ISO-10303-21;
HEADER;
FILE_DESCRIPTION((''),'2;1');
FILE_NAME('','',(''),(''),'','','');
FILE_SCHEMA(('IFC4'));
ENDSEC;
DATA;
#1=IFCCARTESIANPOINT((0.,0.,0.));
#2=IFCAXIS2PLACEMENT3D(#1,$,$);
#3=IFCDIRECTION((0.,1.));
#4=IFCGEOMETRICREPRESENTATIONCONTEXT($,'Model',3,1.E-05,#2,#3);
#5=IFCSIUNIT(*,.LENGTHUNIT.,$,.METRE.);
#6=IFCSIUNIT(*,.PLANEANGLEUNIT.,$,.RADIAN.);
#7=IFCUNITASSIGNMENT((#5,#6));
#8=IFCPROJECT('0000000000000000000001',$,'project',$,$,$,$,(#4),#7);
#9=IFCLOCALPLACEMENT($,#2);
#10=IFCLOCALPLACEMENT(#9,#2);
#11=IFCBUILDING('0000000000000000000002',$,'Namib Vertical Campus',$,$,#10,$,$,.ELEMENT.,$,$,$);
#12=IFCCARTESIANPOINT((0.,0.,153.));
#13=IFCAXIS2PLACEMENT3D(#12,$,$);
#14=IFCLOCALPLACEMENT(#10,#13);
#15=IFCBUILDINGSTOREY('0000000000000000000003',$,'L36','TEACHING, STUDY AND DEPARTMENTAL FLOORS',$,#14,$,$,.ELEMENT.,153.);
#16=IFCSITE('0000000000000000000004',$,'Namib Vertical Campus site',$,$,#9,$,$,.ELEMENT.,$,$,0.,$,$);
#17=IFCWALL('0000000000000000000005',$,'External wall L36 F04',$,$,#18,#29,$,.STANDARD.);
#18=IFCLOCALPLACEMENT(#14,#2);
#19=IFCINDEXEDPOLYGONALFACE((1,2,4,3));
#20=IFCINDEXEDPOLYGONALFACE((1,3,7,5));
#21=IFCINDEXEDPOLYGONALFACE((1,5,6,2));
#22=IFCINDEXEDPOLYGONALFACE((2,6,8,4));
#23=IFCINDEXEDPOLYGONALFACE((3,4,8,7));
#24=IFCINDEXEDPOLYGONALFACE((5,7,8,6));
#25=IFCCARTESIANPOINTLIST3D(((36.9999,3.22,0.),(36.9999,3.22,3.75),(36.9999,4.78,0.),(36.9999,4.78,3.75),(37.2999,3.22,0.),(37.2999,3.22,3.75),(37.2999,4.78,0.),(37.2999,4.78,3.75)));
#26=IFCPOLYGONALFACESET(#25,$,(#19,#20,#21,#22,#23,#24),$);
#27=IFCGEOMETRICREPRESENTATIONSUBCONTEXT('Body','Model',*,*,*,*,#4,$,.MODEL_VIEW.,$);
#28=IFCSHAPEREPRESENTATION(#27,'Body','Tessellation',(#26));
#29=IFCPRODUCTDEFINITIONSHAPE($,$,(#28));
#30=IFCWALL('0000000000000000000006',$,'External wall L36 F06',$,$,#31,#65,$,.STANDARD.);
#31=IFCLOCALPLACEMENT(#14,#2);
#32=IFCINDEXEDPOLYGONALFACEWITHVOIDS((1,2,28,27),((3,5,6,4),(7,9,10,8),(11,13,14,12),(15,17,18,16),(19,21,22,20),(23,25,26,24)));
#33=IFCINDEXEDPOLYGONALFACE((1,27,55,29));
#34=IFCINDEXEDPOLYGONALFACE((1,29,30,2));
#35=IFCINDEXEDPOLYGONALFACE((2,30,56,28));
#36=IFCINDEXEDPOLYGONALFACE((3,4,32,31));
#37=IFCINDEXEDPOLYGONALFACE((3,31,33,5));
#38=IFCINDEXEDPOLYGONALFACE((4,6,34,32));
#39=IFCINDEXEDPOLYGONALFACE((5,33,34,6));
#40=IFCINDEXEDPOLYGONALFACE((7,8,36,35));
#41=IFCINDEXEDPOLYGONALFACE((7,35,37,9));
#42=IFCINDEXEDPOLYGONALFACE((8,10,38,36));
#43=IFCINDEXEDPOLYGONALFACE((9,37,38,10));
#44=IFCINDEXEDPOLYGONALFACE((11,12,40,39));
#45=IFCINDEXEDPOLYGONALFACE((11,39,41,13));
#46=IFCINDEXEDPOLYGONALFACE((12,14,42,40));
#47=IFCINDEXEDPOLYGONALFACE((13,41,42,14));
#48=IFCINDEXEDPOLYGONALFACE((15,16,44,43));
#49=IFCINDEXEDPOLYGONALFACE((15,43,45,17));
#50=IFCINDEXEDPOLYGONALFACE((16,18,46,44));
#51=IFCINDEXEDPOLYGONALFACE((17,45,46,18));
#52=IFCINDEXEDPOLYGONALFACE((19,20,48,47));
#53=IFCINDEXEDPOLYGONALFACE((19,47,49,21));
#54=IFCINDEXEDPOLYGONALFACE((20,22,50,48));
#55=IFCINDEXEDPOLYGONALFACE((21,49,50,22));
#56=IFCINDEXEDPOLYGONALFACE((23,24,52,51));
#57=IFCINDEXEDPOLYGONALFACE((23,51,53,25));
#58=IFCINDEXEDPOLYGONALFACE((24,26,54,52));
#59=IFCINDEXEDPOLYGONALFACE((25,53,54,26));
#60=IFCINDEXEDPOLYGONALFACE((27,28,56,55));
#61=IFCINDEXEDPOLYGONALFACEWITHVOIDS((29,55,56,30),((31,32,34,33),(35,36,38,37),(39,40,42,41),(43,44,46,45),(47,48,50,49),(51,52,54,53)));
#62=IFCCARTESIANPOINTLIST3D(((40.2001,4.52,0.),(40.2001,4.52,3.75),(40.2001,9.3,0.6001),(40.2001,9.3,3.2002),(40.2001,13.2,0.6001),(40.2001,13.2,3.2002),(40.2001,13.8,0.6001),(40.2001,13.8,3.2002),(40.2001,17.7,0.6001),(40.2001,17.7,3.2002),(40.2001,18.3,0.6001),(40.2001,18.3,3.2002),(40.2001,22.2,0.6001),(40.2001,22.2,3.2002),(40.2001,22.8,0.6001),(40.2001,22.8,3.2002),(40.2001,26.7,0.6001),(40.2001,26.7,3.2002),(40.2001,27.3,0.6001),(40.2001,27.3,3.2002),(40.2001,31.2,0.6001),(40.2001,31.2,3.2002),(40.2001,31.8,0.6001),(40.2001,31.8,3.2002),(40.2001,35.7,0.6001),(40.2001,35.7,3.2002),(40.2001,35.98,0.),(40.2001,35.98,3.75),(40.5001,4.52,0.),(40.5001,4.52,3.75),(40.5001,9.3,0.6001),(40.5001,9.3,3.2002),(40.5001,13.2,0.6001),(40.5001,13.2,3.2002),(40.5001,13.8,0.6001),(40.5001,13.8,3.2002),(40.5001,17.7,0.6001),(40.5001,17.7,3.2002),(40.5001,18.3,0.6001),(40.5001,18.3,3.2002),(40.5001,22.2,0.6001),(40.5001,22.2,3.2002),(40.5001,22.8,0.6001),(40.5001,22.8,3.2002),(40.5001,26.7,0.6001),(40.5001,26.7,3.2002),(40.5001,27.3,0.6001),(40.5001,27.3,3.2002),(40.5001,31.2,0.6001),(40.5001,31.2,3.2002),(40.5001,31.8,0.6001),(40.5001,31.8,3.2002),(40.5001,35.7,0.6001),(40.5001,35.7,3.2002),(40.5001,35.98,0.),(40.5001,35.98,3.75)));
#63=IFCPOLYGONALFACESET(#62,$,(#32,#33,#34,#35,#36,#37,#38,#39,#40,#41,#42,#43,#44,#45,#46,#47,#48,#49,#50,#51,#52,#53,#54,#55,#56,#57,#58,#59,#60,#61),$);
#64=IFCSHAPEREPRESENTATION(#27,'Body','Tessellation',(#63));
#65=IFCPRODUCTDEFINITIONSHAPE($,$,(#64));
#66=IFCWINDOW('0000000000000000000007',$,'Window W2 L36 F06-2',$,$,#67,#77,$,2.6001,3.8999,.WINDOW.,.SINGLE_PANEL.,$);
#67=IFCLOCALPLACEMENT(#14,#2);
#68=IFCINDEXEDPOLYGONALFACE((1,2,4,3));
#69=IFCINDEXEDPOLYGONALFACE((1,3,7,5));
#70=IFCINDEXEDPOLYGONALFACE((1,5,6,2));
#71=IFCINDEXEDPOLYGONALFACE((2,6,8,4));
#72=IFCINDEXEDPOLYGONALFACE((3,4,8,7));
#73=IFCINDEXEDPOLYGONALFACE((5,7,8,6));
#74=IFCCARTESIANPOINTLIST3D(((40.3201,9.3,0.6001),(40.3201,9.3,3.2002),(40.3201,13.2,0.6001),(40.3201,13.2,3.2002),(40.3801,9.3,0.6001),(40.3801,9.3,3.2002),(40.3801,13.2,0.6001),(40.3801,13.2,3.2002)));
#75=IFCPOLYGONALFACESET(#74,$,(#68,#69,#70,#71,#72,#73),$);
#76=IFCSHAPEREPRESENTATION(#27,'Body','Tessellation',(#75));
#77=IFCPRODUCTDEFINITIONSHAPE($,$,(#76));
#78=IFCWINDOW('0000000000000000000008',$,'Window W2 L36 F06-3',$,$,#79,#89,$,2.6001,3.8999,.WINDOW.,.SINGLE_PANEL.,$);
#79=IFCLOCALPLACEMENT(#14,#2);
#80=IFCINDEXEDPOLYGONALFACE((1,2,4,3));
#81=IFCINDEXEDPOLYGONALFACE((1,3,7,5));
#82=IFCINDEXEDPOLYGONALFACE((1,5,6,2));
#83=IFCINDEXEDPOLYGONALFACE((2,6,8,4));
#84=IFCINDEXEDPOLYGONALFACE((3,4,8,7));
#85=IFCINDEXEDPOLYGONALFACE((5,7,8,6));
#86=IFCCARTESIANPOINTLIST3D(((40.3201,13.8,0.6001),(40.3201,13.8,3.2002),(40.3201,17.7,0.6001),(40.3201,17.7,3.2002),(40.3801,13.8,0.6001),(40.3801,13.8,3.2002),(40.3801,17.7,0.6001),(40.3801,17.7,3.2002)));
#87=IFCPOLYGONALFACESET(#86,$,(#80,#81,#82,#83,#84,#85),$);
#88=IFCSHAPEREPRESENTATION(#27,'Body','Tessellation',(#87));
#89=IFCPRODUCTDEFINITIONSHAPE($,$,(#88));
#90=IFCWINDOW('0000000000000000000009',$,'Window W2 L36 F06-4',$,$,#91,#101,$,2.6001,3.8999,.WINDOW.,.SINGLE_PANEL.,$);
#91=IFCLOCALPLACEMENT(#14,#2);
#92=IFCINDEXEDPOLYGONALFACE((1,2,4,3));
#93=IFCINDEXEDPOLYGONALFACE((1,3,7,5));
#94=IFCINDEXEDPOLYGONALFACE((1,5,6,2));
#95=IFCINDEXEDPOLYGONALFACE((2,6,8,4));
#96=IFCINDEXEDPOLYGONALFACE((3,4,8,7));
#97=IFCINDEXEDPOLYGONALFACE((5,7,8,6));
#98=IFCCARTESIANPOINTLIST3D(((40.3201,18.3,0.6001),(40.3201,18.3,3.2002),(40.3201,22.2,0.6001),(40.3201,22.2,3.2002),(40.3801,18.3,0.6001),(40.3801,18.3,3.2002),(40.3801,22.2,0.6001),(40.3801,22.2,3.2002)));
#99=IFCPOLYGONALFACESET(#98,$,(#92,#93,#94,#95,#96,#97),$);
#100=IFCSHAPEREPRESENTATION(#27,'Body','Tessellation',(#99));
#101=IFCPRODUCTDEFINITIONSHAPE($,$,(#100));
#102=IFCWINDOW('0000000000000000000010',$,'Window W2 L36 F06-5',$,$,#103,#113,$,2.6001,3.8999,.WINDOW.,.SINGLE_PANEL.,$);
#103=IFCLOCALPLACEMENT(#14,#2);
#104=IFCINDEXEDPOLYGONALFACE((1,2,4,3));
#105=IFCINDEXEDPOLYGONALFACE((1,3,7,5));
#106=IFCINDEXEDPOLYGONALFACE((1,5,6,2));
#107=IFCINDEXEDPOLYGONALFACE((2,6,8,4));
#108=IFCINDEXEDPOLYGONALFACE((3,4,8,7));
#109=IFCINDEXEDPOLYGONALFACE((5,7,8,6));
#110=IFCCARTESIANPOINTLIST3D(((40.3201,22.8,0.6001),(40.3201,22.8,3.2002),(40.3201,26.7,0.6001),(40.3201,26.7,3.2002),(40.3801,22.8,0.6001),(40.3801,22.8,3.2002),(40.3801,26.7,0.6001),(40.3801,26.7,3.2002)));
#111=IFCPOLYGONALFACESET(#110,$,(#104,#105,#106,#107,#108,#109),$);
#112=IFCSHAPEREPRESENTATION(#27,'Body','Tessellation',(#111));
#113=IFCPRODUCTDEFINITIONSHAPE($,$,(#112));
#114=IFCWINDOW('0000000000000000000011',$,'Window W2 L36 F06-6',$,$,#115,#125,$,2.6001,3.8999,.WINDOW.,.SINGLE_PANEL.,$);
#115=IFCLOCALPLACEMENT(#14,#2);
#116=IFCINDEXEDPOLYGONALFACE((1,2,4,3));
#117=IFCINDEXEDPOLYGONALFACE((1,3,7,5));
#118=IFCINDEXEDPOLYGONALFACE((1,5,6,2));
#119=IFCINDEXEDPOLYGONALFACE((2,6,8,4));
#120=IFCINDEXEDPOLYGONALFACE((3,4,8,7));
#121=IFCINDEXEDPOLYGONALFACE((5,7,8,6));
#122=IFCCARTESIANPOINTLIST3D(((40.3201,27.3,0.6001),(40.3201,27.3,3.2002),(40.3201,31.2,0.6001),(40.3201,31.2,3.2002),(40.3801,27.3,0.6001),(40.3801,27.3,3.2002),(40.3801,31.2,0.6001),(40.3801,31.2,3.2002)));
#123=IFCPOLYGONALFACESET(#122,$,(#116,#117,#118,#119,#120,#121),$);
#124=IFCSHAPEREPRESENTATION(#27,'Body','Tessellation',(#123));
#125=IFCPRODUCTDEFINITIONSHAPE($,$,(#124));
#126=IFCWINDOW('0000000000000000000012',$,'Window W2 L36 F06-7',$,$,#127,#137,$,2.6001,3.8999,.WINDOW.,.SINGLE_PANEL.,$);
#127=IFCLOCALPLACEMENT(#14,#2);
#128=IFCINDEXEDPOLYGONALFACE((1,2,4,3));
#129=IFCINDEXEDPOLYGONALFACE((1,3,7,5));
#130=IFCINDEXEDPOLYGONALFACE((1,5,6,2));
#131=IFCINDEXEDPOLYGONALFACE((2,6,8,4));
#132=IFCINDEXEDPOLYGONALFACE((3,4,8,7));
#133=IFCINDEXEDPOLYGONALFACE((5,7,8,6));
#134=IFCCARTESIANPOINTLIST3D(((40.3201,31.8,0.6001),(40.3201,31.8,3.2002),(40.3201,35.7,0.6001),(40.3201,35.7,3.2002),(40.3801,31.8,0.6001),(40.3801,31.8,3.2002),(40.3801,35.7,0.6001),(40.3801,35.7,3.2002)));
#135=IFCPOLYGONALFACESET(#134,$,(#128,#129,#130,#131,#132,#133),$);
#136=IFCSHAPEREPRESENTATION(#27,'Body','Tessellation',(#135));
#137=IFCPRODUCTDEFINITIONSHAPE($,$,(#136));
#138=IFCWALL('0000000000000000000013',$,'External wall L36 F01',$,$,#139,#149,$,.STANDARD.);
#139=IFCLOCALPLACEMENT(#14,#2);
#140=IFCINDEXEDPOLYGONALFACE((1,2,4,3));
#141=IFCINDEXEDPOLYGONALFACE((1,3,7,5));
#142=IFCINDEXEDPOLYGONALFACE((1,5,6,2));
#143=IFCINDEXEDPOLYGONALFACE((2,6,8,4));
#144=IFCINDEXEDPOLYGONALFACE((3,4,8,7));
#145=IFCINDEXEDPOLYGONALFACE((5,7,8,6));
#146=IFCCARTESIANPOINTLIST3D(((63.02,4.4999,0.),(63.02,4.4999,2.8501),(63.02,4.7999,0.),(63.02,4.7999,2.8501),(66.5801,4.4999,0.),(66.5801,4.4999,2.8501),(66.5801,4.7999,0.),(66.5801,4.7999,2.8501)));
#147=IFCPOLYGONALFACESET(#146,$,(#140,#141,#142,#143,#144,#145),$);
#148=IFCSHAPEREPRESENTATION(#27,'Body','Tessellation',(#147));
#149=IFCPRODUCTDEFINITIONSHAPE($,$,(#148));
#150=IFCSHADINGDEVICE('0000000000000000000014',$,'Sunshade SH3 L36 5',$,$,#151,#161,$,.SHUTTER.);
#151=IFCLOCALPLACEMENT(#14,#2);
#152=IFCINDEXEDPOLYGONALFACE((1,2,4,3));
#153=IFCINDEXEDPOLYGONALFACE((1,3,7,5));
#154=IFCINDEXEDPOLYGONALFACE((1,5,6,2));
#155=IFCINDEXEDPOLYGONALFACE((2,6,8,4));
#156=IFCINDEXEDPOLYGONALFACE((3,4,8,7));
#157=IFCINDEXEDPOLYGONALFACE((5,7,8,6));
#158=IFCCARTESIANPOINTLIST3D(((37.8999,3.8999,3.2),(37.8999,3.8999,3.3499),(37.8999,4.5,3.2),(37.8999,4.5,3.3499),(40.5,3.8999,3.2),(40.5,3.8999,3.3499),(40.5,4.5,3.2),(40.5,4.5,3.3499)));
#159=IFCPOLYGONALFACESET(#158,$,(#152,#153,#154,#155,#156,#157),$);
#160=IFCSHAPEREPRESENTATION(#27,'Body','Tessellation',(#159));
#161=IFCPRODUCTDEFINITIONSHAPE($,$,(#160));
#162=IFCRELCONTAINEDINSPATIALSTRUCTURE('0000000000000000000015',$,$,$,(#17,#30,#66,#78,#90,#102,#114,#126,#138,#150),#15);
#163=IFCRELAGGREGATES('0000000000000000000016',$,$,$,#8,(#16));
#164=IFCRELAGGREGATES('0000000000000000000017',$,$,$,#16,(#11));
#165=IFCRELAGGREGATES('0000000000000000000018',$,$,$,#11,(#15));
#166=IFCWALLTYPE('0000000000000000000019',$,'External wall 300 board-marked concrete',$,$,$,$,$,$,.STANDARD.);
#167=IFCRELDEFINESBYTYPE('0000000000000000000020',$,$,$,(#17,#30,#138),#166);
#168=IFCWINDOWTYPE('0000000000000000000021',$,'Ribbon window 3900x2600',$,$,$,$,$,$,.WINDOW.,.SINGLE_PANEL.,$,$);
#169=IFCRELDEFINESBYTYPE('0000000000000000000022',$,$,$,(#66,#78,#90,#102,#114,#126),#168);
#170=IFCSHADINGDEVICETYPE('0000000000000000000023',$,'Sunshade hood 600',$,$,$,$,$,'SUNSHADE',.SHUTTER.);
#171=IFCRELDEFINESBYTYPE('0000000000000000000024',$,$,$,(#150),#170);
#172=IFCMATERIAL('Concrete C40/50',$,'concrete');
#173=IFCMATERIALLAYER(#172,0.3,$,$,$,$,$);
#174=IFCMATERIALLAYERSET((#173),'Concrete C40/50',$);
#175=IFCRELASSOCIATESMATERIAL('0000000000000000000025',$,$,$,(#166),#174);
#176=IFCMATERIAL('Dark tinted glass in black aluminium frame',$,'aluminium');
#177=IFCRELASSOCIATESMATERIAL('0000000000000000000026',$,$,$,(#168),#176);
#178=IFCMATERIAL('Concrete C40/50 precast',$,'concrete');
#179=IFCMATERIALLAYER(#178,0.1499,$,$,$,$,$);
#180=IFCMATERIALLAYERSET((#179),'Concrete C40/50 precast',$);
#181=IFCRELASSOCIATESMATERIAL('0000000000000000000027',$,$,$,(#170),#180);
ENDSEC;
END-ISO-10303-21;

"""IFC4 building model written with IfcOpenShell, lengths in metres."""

from ifc_helpers import new_model, si_unit, direction, frame, frame_2d, origin, origin_2d, place, context, subcontext, project, spatial, rectangle, extrude, material, layer, layer_set, type_object, element, fill, save


model = new_model("IFC4")

# Units and contexts
model_context = context("Model", 3, precision=1e-05, world=origin(), true_north=direction((0.0, 1.0)))
body_context = subcontext(model_context, "Body", "Model", "MODEL_VIEW")
ifc_project = project(units=[si_unit("LENGTHUNIT", "METRE"), si_unit("PLANEANGLEUNIT", "RADIAN")], contexts=[model_context])

# Site, building, storey
site_placement = place(None, origin())
site = spatial("IfcSite", under=ifc_project, at=site_placement, Name="Namib Vertical Campus site", CompositionType="ELEMENT", RefElevation=0.0)
building_placement = place(site_placement, origin())
building = spatial("IfcBuilding", under=site, at=building_placement, Name="Namib Vertical Campus", CompositionType="ELEMENT")
storey_placement = place(building_placement, frame((0.0, 0.0, 153.0)))
storey = spatial("IfcBuildingStorey", under=building, at=storey_placement, Name="L36", Description="TEACHING, STUDY AND DEPARTMENTAL FLOORS", CompositionType="ELEMENT", Elevation=153.0)

# Wall
ifc_material_1 = material(Name="Concrete C40/50", Category="concrete")
ifc_layer_1 = layer(ifc_material_1, 0.3)
ifc_layer_set_1 = layer_set([ifc_layer_1], Name="Concrete C40/50")
wall_type_1 = type_object("IfcWallType", Name="External wall 300 board-marked concrete", PredefinedType="STANDARD", material=ifc_layer_set_1)
wall_1_placement = place(storey_placement, frame((37.1499, 3.22, 0.0), z_axis=(0.0, 0.0, 1.0), x_axis=(0.0, 1.0, 0.0)))
element("IfcWall", 1, at=wall_1_placement, inside=storey, type_object=wall_type_1, Name="External wall L36 F04", PredefinedType="STANDARD", context=body_context, shape_type="SweptSolid", body=[
    extrude(rectangle(XDim=1.5601, YDim=0.3, at=frame_2d((0.78, 0.0))), origin(), (0.0, 0.0, 1.0), 3.75),
])

# Wall, openings, windows
wall_2_placement = place(storey_placement, frame((40.3501, 4.52, 0.0), z_axis=(0.0, 0.0, 1.0), x_axis=(0.0, 1.0, 0.0)))
wall_2 = element("IfcWall", 2, at=wall_2_placement, inside=storey, type_object=wall_type_1, Name="External wall L36 F06", PredefinedType="STANDARD", context=body_context, shape_type="SweptSolid", body=[
    extrude(rectangle(XDim=31.46, YDim=0.3, at=frame_2d((15.73, 0.0))), origin(), (0.0, 0.0, 1.0), 3.75),
])
opening_1_placement = place(wall_2_placement, frame((4.78, 0.0, 0.6001)))
opening_1 = element("IfcOpeningElement", 3, at=opening_1_placement, cuts=wall_2, PredefinedType="OPENING", context=body_context, shape_type="SweptSolid", body=[
    extrude(rectangle(XDim=3.8999, YDim=2.6001, at=frame_2d((1.95, 1.3))), frame((0.0, 0.1599, 0.0), z_axis=(0.0, -1.0, 0.0), x_axis=(1.0, 0.0, 0.0)), (0.0, 0.0, 1.0), 0.3201),
])
opening_2_placement = place(wall_2_placement, frame((9.28, 0.0, 0.6001)))
opening_2 = element("IfcOpeningElement", 4, at=opening_2_placement, cuts=wall_2, PredefinedType="OPENING", context=body_context, shape_type="SweptSolid", body=[
    extrude(rectangle(XDim=3.8999, YDim=2.6001, at=frame_2d((1.95, 1.3))), frame((0.0, 0.1599, 0.0), z_axis=(0.0, -1.0, 0.0), x_axis=(1.0, 0.0, 0.0)), (0.0, 0.0, 1.0), 0.3201),
])
opening_3_placement = place(wall_2_placement, frame((13.78, 0.0, 0.6001)))
opening_3 = element("IfcOpeningElement", 5, at=opening_3_placement, cuts=wall_2, PredefinedType="OPENING", context=body_context, shape_type="SweptSolid", body=[
    extrude(rectangle(XDim=3.8999, YDim=2.6001, at=frame_2d((1.95, 1.3))), frame((0.0, 0.1599, 0.0), z_axis=(0.0, -1.0, 0.0), x_axis=(1.0, 0.0, 0.0)), (0.0, 0.0, 1.0), 0.3201),
])
opening_4_placement = place(wall_2_placement, frame((18.28, 0.0, 0.6001)))
opening_4 = element("IfcOpeningElement", 6, at=opening_4_placement, cuts=wall_2, PredefinedType="OPENING", context=body_context, shape_type="SweptSolid", body=[
    extrude(rectangle(XDim=3.8999, YDim=2.6001, at=frame_2d((1.95, 1.3))), frame((0.0, 0.1599, 0.0), z_axis=(0.0, -1.0, 0.0), x_axis=(1.0, 0.0, 0.0)), (0.0, 0.0, 1.0), 0.3201),
])
opening_5_placement = place(wall_2_placement, frame((22.78, 0.0, 0.6001)))
opening_5 = element("IfcOpeningElement", 7, at=opening_5_placement, cuts=wall_2, PredefinedType="OPENING", context=body_context, shape_type="SweptSolid", body=[
    extrude(rectangle(XDim=3.8999, YDim=2.6001, at=frame_2d((1.95, 1.3))), frame((0.0, 0.1599, 0.0), z_axis=(0.0, -1.0, 0.0), x_axis=(1.0, 0.0, 0.0)), (0.0, 0.0, 1.0), 0.3201),
])
opening_6_placement = place(wall_2_placement, frame((27.28, 0.0, 0.6001)))
opening_6 = element("IfcOpeningElement", 8, at=opening_6_placement, cuts=wall_2, PredefinedType="OPENING", context=body_context, shape_type="SweptSolid", body=[
    extrude(rectangle(XDim=3.8999, YDim=2.6001, at=frame_2d((1.95, 1.3))), frame((0.0, 0.1599, 0.0), z_axis=(0.0, -1.0, 0.0), x_axis=(1.0, 0.0, 0.0)), (0.0, 0.0, 1.0), 0.3201),
])
ifc_material_2 = material(Name="Dark tinted glass in black aluminium frame", Category="aluminium")
window_type = type_object("IfcWindowType", Name="Ribbon window 3900x2600", PartitioningType="SINGLE_PANEL", PredefinedType="WINDOW", material=ifc_material_2)
window_1_placement = place(opening_1_placement, origin())
window_1 = element("IfcWindow", 9, at=window_1_placement, inside=storey, type_object=window_type, Name="Window W2 L36 F06-2", OverallHeight=2.6001, OverallWidth=3.8999, PartitioningType="SINGLE_PANEL", PredefinedType="WINDOW", context=body_context, shape_type="SweptSolid", body=[
    extrude(rectangle(XDim=3.8999, YDim=2.6001, at=frame_2d((1.95, 1.3))), frame((0.0, 0.03, 0.0), z_axis=(0.0, -1.0, 0.0), x_axis=(1.0, 0.0, 0.0)), (0.0, 0.0, 1.0), 0.0601),
])
fill(opening_1, window_1)
window_2_placement = place(opening_2_placement, origin())
window_2 = element("IfcWindow", 10, at=window_2_placement, inside=storey, type_object=window_type, Name="Window W2 L36 F06-3", OverallHeight=2.6001, OverallWidth=3.8999, PartitioningType="SINGLE_PANEL", PredefinedType="WINDOW", context=body_context, shape_type="SweptSolid", body=[
    extrude(rectangle(XDim=3.8999, YDim=2.6001, at=frame_2d((1.95, 1.3))), frame((0.0, 0.03, 0.0), z_axis=(0.0, -1.0, 0.0), x_axis=(1.0, 0.0, 0.0)), (0.0, 0.0, 1.0), 0.0601),
])
fill(opening_2, window_2)
window_3_placement = place(opening_3_placement, origin())
window_3 = element("IfcWindow", 11, at=window_3_placement, inside=storey, type_object=window_type, Name="Window W2 L36 F06-4", OverallHeight=2.6001, OverallWidth=3.8999, PartitioningType="SINGLE_PANEL", PredefinedType="WINDOW", context=body_context, shape_type="SweptSolid", body=[
    extrude(rectangle(XDim=3.8999, YDim=2.6001, at=frame_2d((1.95, 1.3))), frame((0.0, 0.03, 0.0), z_axis=(0.0, -1.0, 0.0), x_axis=(1.0, 0.0, 0.0)), (0.0, 0.0, 1.0), 0.0601),
])
fill(opening_3, window_3)
window_4_placement = place(opening_4_placement, origin())
window_4 = element("IfcWindow", 12, at=window_4_placement, inside=storey, type_object=window_type, Name="Window W2 L36 F06-5", OverallHeight=2.6001, OverallWidth=3.8999, PartitioningType="SINGLE_PANEL", PredefinedType="WINDOW", context=body_context, shape_type="SweptSolid", body=[
    extrude(rectangle(XDim=3.8999, YDim=2.6001, at=frame_2d((1.95, 1.3))), frame((0.0, 0.03, 0.0), z_axis=(0.0, -1.0, 0.0), x_axis=(1.0, 0.0, 0.0)), (0.0, 0.0, 1.0), 0.0601),
])
fill(opening_4, window_4)
window_5_placement = place(opening_5_placement, origin())
window_5 = element("IfcWindow", 13, at=window_5_placement, inside=storey, type_object=window_type, Name="Window W2 L36 F06-6", OverallHeight=2.6001, OverallWidth=3.8999, PartitioningType="SINGLE_PANEL", PredefinedType="WINDOW", context=body_context, shape_type="SweptSolid", body=[
    extrude(rectangle(XDim=3.8999, YDim=2.6001, at=frame_2d((1.95, 1.3))), frame((0.0, 0.03, 0.0), z_axis=(0.0, -1.0, 0.0), x_axis=(1.0, 0.0, 0.0)), (0.0, 0.0, 1.0), 0.0601),
])
fill(opening_5, window_5)
window_6_placement = place(opening_6_placement, origin())
window_6 = element("IfcWindow", 14, at=window_6_placement, inside=storey, type_object=window_type, Name="Window W2 L36 F06-7", OverallHeight=2.6001, OverallWidth=3.8999, PartitioningType="SINGLE_PANEL", PredefinedType="WINDOW", context=body_context, shape_type="SweptSolid", body=[
    extrude(rectangle(XDim=3.8999, YDim=2.6001, at=frame_2d((1.95, 1.3))), frame((0.0, 0.03, 0.0), z_axis=(0.0, -1.0, 0.0), x_axis=(1.0, 0.0, 0.0)), (0.0, 0.0, 1.0), 0.0601),
])
fill(opening_6, window_6)

# Wall
wall_3_placement = place(storey_placement, frame((63.02, 4.6499, 0.0), z_axis=(0.0, 0.0, 1.0), x_axis=(1.0, 0.0, 0.0)))
element("IfcWall", 15, at=wall_3_placement, inside=storey, type_object=wall_type_1, Name="External wall L36 F01", PredefinedType="STANDARD", context=body_context, shape_type="SweptSolid", body=[
    extrude(rectangle(XDim=3.5601, YDim=0.3, at=frame_2d((1.78, 0.0))), origin(), (0.0, 0.0, 1.0), 2.8501),
])

# Shading device
ifc_material_3 = material(Name="Concrete C40/50 precast", Category="concrete")
ifc_layer_2 = layer(ifc_material_3, 0.1499)
ifc_layer_set_2 = layer_set([ifc_layer_2], Name="Concrete C40/50 precast")
shading_device_type = type_object("IfcShadingDeviceType", Name="Sunshade hood 600", ElementType="SUNSHADE", PredefinedType="SHUTTER", material=ifc_layer_set_2)
shading_device_placement = place(storey_placement, frame((39.2, 4.2, 3.2), z_axis=(0.0, 0.0, 1.0), x_axis=(1.0, 0.0, 0.0)))
element("IfcShadingDevice", 16, at=shading_device_placement, inside=storey, type_object=shading_device_type, Name="Sunshade SH3 L36 5", PredefinedType="SHUTTER", context=body_context, shape_type="SweptSolid", body=[
    extrude(rectangle(XDim=2.6001, YDim=0.6001, at=origin_2d()), origin(), (0.0, 0.0, 1.0), 0.1499),
])

save(model, "model.ifc")
